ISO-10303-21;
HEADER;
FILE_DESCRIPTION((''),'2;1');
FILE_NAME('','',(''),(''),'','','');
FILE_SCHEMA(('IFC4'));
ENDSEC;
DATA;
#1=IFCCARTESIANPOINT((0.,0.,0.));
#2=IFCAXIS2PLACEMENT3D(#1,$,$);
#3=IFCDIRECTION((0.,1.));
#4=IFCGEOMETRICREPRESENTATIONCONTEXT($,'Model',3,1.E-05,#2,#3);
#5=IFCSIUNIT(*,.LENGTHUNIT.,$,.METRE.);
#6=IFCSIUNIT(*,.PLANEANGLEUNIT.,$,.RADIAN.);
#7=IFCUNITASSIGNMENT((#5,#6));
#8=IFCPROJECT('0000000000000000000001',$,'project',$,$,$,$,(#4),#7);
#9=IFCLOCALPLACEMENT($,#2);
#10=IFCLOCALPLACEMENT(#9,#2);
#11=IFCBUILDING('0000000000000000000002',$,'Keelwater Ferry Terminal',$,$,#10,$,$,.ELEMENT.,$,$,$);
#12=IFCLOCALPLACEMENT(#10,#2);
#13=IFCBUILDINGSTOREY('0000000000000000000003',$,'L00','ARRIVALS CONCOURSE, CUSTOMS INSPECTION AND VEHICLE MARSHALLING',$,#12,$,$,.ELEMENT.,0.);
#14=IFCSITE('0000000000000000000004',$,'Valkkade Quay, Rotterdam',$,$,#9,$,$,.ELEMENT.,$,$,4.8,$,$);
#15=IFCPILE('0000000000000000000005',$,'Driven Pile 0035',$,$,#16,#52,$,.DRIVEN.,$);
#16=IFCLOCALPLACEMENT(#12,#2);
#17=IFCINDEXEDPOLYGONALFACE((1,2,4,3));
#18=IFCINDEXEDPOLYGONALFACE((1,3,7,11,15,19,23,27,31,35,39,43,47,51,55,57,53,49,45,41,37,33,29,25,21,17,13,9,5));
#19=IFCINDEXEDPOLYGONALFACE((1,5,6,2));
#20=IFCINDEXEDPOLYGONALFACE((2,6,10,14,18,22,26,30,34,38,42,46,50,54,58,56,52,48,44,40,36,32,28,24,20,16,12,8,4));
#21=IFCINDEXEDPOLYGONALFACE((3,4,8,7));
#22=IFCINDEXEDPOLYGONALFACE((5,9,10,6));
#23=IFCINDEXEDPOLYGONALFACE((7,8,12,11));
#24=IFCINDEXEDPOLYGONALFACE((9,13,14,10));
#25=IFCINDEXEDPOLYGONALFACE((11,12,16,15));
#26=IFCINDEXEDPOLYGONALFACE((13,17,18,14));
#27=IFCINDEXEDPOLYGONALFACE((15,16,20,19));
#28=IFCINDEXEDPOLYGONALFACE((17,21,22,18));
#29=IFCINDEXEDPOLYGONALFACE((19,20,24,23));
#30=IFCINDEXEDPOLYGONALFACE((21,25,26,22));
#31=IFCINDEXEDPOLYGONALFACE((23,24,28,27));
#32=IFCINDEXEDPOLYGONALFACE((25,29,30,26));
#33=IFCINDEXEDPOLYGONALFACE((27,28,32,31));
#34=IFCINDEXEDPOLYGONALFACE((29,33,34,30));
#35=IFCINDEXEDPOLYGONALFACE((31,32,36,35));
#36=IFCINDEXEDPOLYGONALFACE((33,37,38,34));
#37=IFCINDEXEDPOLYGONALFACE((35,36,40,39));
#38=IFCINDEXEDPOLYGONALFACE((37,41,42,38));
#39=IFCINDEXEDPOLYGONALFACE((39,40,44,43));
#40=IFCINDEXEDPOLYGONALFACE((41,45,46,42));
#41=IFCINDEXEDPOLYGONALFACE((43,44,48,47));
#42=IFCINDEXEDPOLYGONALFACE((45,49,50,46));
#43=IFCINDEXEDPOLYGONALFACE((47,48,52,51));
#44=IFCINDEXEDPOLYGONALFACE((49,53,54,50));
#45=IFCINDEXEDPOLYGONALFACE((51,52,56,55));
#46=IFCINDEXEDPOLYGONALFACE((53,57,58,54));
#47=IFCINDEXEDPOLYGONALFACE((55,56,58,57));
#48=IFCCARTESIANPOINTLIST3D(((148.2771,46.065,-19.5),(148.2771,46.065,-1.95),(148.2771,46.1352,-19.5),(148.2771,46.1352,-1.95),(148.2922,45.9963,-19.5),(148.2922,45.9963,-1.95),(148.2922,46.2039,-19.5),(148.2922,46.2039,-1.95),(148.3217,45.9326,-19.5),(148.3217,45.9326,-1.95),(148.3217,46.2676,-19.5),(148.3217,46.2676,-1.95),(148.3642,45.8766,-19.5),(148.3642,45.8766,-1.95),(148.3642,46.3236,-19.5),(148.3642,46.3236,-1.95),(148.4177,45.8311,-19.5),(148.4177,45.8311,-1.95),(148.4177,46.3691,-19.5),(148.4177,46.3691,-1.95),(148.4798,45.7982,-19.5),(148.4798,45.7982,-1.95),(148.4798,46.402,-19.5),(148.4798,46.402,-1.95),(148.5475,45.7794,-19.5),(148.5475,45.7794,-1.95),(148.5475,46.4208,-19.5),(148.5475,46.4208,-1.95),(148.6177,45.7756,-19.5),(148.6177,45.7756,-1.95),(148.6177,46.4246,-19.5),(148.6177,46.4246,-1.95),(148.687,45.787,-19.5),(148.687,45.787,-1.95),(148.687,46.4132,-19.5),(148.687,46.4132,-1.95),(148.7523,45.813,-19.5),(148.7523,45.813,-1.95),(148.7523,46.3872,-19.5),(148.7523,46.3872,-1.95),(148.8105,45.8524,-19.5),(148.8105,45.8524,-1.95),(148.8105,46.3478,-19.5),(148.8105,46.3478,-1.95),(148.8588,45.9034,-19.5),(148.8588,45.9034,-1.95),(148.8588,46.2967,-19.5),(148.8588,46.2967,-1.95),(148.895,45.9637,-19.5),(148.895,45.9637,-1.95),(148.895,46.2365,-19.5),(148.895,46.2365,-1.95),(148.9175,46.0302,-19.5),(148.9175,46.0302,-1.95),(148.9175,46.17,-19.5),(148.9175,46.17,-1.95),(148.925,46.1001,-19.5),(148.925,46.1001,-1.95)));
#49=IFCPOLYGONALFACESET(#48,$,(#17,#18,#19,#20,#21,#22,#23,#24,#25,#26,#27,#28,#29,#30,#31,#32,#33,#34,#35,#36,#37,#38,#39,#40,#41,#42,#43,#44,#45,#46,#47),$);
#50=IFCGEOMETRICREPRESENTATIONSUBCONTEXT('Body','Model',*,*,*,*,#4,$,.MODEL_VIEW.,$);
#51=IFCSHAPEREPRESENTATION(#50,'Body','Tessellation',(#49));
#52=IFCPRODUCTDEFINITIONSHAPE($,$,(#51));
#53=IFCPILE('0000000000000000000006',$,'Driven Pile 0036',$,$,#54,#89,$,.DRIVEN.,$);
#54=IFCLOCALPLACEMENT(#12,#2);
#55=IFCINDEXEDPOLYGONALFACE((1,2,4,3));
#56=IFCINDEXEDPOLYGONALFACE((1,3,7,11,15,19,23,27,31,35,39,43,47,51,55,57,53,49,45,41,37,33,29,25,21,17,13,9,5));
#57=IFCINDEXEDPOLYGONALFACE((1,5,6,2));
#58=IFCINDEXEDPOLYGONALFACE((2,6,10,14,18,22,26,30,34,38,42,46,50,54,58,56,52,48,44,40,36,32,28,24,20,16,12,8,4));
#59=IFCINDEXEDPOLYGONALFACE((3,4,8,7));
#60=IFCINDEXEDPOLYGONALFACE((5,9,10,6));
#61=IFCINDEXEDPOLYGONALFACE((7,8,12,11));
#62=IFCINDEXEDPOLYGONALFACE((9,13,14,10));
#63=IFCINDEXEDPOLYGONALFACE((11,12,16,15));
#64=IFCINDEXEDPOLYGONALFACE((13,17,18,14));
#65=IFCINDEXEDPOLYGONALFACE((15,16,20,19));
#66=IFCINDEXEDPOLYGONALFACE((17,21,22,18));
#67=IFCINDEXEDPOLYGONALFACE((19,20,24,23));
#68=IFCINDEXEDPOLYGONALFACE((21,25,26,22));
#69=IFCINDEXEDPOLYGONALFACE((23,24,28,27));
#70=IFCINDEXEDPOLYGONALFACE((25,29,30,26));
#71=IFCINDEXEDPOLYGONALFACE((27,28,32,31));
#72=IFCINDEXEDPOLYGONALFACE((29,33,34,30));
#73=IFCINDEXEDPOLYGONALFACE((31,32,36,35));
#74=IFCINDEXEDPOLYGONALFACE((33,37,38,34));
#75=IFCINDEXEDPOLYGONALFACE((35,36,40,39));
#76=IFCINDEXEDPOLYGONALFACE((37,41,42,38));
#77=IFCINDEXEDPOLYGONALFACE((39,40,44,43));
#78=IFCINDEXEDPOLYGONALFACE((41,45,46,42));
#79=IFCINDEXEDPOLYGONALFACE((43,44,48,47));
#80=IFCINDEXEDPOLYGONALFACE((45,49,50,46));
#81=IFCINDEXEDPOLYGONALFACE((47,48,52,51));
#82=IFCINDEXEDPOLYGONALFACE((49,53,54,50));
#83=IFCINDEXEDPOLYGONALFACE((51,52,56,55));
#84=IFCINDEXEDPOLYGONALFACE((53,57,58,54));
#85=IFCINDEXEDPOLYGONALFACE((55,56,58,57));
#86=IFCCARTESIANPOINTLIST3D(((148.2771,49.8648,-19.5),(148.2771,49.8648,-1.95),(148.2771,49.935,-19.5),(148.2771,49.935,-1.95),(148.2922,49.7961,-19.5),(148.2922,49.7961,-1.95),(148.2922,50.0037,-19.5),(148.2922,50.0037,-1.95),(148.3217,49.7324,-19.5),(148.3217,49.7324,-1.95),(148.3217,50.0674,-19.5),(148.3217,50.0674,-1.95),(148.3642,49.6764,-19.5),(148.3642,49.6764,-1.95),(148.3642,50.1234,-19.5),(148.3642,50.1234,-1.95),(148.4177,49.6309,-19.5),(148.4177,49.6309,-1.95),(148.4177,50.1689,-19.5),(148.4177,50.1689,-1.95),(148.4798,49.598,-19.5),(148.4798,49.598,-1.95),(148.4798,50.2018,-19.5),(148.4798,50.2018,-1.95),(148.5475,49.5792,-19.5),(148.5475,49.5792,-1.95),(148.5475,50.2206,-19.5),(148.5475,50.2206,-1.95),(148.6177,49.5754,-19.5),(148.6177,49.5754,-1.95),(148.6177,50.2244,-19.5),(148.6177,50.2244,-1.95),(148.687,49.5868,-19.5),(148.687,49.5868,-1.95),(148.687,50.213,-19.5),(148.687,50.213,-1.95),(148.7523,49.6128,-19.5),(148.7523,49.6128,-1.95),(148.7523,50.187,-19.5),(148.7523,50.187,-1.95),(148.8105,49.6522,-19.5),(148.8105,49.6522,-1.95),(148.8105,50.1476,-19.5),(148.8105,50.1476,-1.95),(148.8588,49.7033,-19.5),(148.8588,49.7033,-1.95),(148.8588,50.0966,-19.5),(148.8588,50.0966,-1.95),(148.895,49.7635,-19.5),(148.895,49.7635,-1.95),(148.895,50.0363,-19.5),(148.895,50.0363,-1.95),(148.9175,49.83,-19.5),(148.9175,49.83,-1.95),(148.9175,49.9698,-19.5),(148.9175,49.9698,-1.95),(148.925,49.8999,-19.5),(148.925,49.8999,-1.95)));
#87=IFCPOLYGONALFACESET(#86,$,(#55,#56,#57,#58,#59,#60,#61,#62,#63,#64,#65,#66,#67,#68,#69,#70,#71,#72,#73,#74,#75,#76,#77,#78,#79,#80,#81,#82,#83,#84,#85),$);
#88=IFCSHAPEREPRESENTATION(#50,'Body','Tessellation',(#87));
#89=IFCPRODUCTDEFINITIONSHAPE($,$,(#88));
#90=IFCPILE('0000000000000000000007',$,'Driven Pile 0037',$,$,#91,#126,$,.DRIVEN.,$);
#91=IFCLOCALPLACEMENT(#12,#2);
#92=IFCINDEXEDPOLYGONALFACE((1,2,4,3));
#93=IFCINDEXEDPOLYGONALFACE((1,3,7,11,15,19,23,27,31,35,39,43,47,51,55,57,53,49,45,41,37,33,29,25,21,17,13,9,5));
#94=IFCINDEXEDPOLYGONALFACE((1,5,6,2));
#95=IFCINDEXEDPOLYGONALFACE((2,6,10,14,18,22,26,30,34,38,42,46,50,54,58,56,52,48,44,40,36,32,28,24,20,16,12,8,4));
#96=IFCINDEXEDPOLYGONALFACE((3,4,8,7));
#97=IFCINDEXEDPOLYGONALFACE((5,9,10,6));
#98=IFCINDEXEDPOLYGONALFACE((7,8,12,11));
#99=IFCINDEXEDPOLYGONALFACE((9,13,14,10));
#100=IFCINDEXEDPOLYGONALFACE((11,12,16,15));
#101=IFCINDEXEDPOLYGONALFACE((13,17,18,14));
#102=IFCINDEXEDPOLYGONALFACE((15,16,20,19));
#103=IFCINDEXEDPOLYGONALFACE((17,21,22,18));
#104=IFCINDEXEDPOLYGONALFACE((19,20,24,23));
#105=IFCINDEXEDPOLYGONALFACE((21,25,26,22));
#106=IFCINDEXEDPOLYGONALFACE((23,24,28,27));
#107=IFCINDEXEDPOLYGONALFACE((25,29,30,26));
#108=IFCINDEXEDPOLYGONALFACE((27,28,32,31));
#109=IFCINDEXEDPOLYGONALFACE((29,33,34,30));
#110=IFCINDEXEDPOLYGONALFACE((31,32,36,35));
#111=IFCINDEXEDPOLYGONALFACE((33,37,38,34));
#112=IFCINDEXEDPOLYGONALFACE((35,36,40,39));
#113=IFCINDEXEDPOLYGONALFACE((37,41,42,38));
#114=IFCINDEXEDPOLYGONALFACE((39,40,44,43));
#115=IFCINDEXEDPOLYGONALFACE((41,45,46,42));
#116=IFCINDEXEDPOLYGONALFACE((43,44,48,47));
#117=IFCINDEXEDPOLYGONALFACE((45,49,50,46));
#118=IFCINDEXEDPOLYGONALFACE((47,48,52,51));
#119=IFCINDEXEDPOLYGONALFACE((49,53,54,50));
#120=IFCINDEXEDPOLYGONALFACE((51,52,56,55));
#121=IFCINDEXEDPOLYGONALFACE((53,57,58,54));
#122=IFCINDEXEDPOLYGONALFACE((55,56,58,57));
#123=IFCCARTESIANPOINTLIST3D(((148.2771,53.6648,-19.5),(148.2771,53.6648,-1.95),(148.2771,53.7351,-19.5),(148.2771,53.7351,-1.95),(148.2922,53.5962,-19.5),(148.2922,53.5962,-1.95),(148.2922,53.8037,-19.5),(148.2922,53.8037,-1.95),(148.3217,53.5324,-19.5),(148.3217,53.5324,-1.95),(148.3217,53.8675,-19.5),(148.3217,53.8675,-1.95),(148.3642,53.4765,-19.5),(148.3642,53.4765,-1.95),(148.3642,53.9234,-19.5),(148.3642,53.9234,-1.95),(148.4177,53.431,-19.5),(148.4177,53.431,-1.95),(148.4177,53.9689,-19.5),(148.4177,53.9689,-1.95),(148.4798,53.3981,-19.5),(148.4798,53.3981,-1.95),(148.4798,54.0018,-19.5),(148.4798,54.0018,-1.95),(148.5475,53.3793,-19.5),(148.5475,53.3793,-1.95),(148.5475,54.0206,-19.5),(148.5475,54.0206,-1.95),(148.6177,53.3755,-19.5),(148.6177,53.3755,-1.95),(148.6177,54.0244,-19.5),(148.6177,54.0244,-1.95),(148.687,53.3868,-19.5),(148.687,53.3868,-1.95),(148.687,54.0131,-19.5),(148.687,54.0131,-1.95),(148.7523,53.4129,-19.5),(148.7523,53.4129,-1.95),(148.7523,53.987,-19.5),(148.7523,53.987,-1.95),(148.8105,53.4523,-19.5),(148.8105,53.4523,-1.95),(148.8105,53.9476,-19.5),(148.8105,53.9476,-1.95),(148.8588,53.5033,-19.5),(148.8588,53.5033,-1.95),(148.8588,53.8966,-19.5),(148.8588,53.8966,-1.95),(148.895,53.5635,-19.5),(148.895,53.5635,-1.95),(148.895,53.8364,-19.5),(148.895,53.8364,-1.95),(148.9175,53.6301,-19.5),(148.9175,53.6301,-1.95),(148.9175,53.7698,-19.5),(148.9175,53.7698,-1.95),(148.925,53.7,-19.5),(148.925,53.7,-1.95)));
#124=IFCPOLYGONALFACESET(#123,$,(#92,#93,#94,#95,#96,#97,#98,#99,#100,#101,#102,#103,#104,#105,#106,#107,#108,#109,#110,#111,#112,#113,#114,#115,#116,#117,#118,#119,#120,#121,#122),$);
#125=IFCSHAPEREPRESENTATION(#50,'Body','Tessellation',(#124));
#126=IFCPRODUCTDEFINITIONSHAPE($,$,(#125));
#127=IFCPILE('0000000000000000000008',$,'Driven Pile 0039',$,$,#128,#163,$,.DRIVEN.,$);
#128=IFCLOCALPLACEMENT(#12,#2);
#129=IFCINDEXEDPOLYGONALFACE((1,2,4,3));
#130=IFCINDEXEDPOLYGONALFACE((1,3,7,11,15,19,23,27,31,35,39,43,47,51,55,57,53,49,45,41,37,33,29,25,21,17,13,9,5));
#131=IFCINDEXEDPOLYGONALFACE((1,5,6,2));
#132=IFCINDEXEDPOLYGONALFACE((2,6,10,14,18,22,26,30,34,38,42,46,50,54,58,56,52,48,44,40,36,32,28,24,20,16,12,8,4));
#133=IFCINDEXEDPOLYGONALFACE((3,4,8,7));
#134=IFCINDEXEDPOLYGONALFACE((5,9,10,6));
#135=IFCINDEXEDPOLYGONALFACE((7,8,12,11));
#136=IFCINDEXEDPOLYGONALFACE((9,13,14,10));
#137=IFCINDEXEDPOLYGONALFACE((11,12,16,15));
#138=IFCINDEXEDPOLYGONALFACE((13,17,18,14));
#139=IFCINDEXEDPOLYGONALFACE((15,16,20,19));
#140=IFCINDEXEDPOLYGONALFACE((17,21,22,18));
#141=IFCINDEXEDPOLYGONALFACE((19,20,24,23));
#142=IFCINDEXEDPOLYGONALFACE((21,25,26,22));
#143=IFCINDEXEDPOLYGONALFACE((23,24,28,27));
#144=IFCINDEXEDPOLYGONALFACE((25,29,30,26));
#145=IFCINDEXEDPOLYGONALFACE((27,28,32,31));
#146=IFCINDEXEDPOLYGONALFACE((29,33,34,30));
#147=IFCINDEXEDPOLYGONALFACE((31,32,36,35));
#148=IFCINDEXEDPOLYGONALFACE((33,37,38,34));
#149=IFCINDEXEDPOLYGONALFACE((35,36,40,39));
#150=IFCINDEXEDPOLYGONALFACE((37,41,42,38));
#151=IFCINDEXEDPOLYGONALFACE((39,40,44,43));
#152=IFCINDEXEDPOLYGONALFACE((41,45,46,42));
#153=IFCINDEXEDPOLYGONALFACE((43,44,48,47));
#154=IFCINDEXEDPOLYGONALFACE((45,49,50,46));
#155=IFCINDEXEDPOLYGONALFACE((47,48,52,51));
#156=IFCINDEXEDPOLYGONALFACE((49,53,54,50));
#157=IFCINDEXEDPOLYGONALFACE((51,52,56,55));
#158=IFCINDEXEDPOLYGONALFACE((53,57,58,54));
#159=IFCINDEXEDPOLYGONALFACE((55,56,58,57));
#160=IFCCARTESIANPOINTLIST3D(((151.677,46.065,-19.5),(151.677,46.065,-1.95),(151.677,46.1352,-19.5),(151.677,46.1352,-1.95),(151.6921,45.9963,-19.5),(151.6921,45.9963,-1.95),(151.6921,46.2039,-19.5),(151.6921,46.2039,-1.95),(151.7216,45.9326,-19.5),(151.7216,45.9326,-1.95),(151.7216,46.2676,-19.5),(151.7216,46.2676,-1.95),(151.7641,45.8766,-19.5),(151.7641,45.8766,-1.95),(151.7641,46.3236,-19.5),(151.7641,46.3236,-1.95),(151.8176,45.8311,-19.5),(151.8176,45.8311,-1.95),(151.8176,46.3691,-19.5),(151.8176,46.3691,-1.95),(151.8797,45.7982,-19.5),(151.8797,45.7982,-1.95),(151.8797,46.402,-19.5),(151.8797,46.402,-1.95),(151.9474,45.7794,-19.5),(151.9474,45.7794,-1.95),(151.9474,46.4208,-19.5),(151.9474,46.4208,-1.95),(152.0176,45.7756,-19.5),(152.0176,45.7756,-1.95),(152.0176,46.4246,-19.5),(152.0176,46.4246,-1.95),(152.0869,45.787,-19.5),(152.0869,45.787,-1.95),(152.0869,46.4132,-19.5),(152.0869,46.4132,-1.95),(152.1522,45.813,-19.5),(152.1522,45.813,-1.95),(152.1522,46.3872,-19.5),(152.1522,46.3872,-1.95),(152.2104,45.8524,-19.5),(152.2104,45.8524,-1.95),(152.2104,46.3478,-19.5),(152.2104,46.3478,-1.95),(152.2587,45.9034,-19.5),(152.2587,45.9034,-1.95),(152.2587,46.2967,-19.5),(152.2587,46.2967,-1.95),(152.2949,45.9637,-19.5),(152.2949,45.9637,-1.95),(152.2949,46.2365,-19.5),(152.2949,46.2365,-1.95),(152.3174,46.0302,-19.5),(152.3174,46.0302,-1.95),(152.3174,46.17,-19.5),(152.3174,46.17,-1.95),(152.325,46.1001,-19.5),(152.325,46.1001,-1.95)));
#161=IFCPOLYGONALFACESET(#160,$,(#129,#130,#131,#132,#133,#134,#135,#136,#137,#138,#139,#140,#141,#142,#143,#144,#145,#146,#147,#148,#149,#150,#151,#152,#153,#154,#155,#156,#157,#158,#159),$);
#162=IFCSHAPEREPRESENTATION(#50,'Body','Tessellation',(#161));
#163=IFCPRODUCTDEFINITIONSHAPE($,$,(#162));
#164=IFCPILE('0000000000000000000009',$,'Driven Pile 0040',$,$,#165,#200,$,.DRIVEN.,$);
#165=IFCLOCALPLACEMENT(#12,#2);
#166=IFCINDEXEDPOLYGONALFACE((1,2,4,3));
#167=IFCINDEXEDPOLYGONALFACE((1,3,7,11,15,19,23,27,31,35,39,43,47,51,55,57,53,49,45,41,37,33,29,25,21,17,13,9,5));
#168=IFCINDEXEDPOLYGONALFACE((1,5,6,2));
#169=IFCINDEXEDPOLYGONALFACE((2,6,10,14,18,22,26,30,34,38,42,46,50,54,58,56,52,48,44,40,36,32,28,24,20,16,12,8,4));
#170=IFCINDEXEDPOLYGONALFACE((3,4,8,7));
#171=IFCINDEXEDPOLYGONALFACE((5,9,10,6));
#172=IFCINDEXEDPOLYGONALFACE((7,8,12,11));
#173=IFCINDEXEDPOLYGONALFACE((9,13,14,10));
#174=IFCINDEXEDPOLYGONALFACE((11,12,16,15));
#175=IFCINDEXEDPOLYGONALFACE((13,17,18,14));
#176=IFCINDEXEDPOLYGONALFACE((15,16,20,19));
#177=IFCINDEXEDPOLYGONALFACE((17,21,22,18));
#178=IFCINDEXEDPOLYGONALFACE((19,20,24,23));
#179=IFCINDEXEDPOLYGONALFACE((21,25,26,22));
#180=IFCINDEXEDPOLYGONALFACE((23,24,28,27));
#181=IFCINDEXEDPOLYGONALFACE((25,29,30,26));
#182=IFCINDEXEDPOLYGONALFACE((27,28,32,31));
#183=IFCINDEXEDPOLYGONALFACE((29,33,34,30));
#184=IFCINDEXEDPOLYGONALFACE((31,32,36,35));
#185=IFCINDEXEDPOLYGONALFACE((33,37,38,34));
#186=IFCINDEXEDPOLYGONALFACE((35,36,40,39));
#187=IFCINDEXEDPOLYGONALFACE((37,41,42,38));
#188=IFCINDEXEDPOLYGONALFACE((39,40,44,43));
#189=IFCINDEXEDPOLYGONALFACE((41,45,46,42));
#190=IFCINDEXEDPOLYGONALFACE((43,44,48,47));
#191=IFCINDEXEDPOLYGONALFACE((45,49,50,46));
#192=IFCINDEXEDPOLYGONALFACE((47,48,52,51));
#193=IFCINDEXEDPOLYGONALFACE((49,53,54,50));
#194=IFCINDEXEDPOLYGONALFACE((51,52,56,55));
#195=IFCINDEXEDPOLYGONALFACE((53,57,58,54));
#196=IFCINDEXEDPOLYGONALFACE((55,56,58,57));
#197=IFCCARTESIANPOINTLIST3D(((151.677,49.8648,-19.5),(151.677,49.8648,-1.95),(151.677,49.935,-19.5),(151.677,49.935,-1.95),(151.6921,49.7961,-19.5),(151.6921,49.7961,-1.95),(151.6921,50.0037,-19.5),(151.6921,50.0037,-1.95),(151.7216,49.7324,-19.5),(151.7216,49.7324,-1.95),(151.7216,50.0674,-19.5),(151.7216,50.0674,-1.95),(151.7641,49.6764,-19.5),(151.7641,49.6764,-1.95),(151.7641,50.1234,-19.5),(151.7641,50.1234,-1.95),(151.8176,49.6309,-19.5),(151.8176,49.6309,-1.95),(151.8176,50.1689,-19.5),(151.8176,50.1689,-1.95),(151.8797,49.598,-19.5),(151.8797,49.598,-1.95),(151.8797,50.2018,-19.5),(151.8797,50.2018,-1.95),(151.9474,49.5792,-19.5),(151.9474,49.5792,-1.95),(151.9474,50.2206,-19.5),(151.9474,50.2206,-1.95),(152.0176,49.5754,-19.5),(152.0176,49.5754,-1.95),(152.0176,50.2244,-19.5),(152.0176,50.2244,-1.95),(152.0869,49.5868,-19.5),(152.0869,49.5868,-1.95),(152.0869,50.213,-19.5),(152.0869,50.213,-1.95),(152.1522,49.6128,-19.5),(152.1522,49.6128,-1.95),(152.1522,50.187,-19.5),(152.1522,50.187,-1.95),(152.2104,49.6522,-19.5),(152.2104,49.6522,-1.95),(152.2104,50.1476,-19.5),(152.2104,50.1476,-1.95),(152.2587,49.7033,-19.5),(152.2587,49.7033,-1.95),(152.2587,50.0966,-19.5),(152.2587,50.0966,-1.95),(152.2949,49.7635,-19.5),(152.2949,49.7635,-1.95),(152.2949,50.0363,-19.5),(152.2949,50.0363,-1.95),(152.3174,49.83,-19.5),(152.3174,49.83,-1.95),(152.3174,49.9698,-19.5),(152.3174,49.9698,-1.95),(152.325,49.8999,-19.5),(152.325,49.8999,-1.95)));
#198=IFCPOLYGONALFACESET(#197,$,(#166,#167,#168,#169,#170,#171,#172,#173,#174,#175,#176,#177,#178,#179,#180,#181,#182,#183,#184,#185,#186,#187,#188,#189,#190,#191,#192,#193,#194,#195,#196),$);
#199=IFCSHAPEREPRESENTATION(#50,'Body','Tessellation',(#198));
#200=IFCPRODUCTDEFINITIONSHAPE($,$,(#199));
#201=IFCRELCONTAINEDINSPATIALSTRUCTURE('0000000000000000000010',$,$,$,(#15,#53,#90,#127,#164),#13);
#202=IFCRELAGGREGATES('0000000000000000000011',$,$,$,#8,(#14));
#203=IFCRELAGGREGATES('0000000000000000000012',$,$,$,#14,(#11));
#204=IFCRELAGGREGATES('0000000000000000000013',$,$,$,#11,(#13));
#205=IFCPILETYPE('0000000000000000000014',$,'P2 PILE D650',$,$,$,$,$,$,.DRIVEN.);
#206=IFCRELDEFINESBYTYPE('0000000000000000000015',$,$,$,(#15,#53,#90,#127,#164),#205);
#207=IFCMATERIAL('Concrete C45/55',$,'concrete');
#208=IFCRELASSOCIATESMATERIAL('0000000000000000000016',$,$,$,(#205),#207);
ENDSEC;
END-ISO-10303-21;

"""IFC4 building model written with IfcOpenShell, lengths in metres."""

from ifc_helpers import new_model, si_unit, direction, frame, origin, origin_2d, place, context, subcontext, project, spatial, circle, extrude, material, material_profile, profile_set, type_object, element, save


model = new_model("IFC4")

# Units and contexts
model_context = context("Model", 3, precision=1e-05, world=origin(), true_north=direction((0.0, 1.0)))
body_context = subcontext(model_context, "Body", "Model", "MODEL_VIEW")
ifc_project = project(units=[si_unit("LENGTHUNIT", "METRE"), si_unit("PLANEANGLEUNIT", "RADIAN")], contexts=[model_context])

# Site, building, storey
site_placement = place(None, origin())
site = spatial("IfcSite", under=ifc_project, at=site_placement, Name="Valkkade Quay, Rotterdam", CompositionType="ELEMENT", RefElevation=4.8)
building_placement = place(site_placement, origin())
building = spatial("IfcBuilding", under=site, at=building_placement, Name="Keelwater Ferry Terminal", CompositionType="ELEMENT")
storey_placement = place(building_placement, origin())
storey = spatial("IfcBuildingStorey", under=building, at=storey_placement, Name="L00", Description="ARRIVALS CONCOURSE, CUSTOMS INSPECTION AND VEHICLE MARSHALLING", CompositionType="ELEMENT", Elevation=0.0)

# Piles
ifc_material_1 = material(Name="Concrete C45/55", Category="concrete")
ifc_material_profile_1 = material_profile(ifc_material_1, circle(Radius=0.325, at=origin_2d()), Name="PILE D650")
ifc_profile_set_1 = profile_set([ifc_material_profile_1], Name="Concrete C45/55")
pile_type = type_object("IfcPileType", Name="P2 PILE D650", PredefinedType="DRIVEN", material=ifc_profile_set_1)
for number, where, z_axis, x_axis, name in (
    (1, (148.6001, 46.1001, -1.95), (0.0, 0.0, -1.0), (1.0, 0.0, 0.0), "Driven Pile 0035"),
    (2, (148.6001, 49.8999, -1.95), (0.0, 0.0, -1.0), (1.0, 0.0, 0.0), "Driven Pile 0036"),
    (3, (148.6001, 53.7, -1.95), (0.0, 0.0, -1.0), (1.0, 0.0, 0.0), "Driven Pile 0037"),
    (4, (152.0, 46.1001, -1.95), (0.0, 0.0, -1.0), (1.0, 0.0, 0.0), "Driven Pile 0039"),
    (5, (152.0, 49.8999, -1.95), (0.0, 0.0, -1.0), (1.0, 0.0, 0.0), "Driven Pile 0040"),
):
    element("IfcPile", number, at=place(storey_placement, frame(where, z_axis=z_axis, x_axis=x_axis)), inside=storey, type_object=pile_type, Name=name, PredefinedType="DRIVEN", context=body_context, shape_type="SweptSolid", body=[
        extrude(circle(Radius=0.325, at=origin_2d()), origin(), (0.0, 0.0, 1.0), 17.55),
    ])

save(model, "model.ifc")
